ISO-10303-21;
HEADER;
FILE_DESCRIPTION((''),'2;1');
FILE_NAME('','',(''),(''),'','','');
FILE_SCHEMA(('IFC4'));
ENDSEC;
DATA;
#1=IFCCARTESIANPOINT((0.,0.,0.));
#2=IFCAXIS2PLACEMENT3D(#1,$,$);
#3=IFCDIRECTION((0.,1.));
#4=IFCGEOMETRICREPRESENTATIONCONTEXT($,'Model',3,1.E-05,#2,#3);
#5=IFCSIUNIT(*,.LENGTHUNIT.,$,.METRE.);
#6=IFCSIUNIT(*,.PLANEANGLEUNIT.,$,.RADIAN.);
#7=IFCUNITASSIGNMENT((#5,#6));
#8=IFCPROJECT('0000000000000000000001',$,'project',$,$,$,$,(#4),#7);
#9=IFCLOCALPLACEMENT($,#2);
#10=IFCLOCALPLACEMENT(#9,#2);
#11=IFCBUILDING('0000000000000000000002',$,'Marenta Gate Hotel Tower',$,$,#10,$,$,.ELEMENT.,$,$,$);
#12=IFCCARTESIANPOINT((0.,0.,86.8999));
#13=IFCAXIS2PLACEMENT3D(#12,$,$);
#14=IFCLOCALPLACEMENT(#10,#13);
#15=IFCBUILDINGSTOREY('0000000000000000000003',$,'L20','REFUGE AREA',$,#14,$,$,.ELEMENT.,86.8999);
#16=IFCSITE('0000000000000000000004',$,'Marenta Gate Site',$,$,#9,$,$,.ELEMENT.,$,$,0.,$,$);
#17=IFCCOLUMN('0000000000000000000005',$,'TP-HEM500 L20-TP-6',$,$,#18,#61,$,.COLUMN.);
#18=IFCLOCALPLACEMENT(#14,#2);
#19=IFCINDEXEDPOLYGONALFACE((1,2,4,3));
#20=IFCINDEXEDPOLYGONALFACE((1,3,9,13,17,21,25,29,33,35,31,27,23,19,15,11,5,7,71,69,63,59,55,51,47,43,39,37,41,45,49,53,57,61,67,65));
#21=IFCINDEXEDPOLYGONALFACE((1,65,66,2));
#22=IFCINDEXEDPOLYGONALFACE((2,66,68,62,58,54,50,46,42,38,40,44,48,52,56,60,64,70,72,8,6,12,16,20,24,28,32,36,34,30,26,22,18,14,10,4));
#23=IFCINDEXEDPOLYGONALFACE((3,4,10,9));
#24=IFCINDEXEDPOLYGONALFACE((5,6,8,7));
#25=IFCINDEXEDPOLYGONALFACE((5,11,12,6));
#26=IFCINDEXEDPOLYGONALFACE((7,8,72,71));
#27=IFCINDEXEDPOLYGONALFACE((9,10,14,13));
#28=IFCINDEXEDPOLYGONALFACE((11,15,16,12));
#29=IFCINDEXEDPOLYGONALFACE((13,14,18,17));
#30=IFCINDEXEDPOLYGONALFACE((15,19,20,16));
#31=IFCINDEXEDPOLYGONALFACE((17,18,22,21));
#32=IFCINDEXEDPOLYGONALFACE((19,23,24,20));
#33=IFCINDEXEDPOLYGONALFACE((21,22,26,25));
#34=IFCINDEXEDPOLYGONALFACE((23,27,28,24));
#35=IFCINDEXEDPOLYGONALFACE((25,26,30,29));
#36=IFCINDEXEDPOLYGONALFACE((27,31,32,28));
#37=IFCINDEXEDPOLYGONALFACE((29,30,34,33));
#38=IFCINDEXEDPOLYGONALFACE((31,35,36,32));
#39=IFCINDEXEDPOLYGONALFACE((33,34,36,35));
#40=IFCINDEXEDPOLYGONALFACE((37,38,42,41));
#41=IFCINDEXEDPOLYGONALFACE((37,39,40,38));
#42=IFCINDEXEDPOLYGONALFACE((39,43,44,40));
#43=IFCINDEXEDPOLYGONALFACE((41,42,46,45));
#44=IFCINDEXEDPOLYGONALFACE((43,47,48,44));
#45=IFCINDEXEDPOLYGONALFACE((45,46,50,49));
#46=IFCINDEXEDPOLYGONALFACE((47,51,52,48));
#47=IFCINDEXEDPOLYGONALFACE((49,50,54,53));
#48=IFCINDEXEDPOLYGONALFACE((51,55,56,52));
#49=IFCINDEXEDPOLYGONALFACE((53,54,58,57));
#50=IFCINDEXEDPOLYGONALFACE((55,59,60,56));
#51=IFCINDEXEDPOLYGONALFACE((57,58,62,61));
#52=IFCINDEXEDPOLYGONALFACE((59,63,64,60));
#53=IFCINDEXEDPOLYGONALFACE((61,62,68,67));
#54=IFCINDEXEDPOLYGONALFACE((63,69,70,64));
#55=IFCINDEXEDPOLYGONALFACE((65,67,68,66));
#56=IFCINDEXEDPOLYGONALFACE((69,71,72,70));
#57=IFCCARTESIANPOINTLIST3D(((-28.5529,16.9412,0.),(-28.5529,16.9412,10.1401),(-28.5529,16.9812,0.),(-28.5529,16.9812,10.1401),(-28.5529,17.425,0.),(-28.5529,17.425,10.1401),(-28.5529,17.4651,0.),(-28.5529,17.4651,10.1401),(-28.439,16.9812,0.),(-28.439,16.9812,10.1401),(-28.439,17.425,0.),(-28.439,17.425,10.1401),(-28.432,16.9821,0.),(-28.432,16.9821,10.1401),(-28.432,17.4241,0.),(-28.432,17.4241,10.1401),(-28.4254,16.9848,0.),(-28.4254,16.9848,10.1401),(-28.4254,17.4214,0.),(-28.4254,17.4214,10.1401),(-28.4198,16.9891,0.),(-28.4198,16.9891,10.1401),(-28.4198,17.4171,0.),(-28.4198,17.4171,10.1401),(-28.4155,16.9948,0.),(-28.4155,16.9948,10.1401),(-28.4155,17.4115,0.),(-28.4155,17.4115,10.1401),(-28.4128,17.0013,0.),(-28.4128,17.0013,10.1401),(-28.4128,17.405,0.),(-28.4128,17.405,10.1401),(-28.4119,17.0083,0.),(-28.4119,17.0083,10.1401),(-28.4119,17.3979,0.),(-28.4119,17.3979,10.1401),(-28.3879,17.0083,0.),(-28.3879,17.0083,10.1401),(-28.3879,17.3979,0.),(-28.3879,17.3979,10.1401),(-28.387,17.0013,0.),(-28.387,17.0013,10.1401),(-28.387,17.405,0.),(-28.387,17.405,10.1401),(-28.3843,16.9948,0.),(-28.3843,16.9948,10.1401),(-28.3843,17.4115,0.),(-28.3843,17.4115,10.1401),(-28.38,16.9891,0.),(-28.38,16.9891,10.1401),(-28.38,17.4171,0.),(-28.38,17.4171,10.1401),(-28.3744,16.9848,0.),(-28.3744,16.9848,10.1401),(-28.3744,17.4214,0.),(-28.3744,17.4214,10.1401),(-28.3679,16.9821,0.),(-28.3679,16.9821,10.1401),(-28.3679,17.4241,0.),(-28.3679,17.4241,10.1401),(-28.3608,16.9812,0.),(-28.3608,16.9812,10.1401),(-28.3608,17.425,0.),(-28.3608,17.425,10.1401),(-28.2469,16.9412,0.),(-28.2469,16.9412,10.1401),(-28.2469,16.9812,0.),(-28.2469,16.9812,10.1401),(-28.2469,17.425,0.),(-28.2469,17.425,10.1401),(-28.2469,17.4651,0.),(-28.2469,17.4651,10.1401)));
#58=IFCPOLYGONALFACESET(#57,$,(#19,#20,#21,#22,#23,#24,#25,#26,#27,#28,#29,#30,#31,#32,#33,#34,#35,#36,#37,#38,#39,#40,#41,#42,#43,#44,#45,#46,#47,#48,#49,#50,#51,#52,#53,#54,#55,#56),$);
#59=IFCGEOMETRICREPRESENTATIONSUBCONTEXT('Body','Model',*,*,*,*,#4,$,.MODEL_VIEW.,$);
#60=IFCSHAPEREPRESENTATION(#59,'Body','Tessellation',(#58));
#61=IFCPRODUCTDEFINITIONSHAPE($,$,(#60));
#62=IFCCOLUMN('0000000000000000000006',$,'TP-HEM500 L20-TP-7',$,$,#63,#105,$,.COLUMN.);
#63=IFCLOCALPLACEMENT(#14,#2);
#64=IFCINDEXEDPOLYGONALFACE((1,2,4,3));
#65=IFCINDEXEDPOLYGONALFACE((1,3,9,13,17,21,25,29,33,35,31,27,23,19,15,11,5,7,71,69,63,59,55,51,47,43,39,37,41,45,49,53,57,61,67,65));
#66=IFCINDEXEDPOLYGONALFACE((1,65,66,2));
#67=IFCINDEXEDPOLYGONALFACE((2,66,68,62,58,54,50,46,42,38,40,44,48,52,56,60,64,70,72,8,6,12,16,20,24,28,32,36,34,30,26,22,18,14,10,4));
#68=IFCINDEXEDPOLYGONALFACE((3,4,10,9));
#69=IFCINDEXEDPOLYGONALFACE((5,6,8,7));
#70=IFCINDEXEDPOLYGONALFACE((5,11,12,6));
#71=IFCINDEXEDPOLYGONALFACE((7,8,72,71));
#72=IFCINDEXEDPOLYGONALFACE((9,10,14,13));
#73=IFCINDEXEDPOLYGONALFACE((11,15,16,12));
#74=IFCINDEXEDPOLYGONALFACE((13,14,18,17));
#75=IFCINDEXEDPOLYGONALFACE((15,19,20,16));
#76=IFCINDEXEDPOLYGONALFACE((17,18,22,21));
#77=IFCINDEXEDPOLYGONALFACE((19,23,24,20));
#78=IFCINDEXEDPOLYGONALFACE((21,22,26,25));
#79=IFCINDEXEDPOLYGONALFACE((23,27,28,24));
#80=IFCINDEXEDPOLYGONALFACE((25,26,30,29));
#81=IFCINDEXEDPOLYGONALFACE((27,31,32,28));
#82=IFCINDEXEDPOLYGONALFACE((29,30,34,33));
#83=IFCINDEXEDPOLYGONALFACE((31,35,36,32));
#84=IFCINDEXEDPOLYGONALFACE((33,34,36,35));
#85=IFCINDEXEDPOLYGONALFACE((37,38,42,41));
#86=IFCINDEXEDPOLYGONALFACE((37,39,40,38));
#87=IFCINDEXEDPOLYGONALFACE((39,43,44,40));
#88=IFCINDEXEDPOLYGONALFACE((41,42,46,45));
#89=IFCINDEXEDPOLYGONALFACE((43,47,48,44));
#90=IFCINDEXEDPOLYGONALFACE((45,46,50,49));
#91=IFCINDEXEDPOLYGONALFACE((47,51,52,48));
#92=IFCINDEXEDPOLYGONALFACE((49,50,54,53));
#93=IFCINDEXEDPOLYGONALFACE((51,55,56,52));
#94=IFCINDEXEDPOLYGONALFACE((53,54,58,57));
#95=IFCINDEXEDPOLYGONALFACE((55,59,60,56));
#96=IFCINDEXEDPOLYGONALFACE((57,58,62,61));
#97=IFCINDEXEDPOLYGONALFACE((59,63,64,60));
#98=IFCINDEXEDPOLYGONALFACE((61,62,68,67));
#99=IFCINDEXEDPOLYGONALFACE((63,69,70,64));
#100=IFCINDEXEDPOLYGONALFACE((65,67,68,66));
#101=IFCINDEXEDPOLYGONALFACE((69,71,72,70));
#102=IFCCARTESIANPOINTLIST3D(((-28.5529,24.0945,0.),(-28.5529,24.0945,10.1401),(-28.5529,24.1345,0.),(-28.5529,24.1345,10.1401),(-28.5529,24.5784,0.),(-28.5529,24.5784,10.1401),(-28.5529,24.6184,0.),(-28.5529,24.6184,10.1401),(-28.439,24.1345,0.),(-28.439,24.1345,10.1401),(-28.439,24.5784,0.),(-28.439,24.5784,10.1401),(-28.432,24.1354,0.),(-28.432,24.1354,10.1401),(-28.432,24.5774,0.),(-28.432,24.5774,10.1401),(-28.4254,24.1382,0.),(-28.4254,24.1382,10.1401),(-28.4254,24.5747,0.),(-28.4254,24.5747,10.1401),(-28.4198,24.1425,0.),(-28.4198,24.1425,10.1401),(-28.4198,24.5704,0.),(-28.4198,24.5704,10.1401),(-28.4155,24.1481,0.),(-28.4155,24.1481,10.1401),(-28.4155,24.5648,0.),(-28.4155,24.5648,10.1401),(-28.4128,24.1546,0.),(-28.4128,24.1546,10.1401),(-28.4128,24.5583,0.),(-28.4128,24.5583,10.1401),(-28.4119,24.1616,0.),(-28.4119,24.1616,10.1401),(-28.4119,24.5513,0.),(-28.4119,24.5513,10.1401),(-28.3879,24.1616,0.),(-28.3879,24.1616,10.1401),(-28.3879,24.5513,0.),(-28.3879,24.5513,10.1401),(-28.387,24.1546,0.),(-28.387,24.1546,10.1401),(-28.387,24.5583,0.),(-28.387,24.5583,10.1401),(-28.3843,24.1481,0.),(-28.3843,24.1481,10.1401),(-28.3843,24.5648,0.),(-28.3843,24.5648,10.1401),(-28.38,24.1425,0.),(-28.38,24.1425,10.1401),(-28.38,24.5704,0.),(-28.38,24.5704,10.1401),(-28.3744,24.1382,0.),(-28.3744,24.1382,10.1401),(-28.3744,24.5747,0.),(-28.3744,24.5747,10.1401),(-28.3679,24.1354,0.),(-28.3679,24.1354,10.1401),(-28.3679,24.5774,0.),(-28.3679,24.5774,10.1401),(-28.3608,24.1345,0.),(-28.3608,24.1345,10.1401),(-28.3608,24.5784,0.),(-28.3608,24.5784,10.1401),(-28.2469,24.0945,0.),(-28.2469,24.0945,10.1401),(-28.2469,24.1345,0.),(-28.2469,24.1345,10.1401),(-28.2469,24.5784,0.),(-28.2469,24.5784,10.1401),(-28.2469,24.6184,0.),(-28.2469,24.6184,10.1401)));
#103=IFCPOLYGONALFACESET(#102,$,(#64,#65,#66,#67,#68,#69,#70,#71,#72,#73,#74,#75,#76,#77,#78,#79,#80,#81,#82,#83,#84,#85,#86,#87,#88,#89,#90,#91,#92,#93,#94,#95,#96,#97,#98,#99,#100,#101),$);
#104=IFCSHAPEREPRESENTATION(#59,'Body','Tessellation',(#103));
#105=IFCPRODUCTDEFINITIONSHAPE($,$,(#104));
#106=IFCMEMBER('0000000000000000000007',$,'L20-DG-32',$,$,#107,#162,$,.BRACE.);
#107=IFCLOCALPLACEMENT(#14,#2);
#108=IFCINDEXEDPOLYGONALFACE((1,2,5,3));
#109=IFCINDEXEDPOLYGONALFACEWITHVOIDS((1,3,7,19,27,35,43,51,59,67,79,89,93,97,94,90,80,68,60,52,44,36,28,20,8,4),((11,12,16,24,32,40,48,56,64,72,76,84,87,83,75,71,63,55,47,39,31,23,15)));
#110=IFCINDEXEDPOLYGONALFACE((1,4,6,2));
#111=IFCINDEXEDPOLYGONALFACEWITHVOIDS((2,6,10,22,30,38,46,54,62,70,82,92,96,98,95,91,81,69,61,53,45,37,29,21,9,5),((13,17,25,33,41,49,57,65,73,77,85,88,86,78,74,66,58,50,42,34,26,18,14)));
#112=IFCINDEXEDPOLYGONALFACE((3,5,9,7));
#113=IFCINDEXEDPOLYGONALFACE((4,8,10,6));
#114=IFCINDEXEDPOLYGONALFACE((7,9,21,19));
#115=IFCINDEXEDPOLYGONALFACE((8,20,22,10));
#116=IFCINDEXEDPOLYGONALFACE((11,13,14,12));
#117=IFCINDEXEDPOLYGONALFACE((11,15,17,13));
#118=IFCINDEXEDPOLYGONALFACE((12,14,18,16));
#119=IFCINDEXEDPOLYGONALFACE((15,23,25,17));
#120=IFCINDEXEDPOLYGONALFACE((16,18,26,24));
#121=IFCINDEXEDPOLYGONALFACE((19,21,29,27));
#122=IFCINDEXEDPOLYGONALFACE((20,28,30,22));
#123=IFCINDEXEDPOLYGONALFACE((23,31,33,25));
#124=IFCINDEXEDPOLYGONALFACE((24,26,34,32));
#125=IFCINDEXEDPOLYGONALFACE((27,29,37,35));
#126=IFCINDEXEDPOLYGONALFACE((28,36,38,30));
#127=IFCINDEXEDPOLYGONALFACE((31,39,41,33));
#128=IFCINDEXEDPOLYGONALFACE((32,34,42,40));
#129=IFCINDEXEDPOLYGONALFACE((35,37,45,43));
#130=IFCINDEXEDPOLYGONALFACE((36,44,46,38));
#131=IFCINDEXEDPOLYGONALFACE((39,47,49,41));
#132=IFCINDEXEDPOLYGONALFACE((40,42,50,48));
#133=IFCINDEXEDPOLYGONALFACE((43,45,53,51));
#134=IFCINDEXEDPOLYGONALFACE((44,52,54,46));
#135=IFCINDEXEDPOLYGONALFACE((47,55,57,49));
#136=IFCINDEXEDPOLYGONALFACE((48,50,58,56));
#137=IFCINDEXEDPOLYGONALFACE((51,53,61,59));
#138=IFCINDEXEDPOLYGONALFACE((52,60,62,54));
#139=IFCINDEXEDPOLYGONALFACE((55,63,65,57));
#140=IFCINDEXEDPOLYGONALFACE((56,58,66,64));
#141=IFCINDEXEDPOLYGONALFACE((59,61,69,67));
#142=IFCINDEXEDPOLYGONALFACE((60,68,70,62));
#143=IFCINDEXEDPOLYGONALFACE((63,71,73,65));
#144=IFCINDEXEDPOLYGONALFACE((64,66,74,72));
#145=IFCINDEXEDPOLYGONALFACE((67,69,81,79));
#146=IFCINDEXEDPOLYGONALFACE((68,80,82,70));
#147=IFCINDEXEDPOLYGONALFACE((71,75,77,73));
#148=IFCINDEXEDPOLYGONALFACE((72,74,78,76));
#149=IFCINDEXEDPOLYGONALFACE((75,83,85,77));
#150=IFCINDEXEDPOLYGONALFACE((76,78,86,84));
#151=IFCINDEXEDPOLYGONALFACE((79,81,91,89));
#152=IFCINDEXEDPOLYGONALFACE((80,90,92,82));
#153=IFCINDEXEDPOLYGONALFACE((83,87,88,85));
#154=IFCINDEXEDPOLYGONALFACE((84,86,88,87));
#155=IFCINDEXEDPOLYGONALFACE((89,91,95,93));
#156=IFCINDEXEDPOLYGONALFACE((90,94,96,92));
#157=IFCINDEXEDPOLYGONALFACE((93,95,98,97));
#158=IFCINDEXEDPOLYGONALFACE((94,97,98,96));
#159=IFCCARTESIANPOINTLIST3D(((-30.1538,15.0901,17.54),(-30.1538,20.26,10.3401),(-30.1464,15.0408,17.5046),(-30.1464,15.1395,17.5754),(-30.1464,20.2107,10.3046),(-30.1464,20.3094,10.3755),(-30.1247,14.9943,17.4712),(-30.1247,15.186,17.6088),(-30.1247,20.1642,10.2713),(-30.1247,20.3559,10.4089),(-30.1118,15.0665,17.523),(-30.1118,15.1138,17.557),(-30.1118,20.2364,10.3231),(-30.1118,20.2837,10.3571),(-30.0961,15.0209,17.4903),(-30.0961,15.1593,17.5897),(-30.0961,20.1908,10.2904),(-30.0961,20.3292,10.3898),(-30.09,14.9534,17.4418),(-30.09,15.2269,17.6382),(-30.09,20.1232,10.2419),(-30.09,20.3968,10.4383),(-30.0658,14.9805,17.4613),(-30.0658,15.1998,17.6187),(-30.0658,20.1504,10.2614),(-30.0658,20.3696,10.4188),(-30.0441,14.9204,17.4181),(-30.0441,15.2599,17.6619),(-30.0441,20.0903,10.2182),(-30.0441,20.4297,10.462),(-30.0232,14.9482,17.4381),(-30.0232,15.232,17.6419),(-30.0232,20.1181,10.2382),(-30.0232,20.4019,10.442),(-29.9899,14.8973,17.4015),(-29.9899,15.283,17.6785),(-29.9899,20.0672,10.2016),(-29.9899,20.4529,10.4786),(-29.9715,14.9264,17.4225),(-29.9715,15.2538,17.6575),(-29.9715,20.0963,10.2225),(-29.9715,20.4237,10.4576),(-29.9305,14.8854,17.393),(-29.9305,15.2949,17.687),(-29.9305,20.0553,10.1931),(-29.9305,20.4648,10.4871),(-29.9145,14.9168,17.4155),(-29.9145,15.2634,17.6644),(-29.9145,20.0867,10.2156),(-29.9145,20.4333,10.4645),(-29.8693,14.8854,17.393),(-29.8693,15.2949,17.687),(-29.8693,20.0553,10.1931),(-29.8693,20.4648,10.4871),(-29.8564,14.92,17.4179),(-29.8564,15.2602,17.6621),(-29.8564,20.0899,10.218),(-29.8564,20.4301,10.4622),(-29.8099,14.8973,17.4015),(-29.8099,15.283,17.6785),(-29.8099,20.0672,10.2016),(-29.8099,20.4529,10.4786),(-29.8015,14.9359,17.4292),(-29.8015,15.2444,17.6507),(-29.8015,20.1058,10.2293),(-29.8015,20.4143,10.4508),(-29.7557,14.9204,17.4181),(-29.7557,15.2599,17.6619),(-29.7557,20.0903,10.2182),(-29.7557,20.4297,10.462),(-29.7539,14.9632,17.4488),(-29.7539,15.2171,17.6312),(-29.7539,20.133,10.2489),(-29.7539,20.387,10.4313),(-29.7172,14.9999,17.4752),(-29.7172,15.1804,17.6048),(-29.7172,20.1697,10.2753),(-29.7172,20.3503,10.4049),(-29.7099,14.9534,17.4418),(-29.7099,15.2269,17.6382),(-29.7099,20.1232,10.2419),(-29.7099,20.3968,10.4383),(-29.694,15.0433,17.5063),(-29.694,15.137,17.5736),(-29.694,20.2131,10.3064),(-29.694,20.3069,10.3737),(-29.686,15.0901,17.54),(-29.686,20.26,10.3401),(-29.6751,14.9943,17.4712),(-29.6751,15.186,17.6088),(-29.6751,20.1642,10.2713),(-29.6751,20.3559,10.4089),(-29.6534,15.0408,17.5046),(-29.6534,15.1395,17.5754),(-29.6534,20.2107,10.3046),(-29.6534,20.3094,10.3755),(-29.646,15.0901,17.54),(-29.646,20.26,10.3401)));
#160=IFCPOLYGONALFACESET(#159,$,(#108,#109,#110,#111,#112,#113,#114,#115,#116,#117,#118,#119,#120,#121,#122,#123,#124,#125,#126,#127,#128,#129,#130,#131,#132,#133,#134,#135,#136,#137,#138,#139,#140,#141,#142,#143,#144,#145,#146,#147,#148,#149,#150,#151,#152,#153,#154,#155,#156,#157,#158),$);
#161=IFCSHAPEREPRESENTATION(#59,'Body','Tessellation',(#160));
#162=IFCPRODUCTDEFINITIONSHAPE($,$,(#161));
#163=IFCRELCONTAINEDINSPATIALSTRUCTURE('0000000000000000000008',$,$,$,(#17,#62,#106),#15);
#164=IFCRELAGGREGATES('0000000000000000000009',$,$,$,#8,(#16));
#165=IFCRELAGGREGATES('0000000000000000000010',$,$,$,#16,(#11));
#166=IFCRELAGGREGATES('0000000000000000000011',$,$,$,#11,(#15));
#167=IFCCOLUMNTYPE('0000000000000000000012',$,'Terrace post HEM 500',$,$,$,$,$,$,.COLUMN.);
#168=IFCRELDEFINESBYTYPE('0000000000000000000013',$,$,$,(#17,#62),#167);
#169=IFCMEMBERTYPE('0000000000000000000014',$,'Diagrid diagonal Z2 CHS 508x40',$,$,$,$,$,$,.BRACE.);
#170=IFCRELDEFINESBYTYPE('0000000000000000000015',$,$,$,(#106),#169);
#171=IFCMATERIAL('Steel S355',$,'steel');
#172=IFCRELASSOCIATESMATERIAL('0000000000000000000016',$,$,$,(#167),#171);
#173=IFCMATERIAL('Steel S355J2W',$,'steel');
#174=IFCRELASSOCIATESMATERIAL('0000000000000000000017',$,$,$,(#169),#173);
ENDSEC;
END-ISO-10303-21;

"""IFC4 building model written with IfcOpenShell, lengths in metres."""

from ifc_helpers import new_model, si_unit, direction, frame, origin, origin_2d, place, context, subcontext, project, spatial, hollow_circle, i_section, extrude, material, material_profile, profile_set, type_object, element, save


model = new_model("IFC4")

# Units and contexts
model_context = context("Model", 3, precision=1e-05, world=origin(), true_north=direction((0.0, 1.0)))
body_context = subcontext(model_context, "Body", "Model", "MODEL_VIEW")
ifc_project = project(units=[si_unit("LENGTHUNIT", "METRE"), si_unit("PLANEANGLEUNIT", "RADIAN")], contexts=[model_context])

# Site, building, storey
site_placement = place(None, origin())
site = spatial("IfcSite", under=ifc_project, at=site_placement, Name="Marenta Gate Site", CompositionType="ELEMENT", RefElevation=0.0)
building_placement = place(site_placement, origin())
building = spatial("IfcBuilding", under=site, at=building_placement, Name="Marenta Gate Hotel Tower", CompositionType="ELEMENT")
storey_placement = place(building_placement, frame((0.0, 0.0, 86.8999)))
storey = spatial("IfcBuildingStorey", under=building, at=storey_placement, Name="L20", Description="REFUGE AREA", CompositionType="ELEMENT", Elevation=86.8999)

# Columns
ifc_material_1 = material(Name="Steel S355", Category="steel")
ifc_material_profile_1 = material_profile(ifc_material_1, i_section(OverallWidth=0.3059, OverallDepth=0.5239, WebThickness=0.0239, FlangeThickness=0.04, FilletRadius=0.0271, at=origin_2d()), Name="HEM 500")
ifc_profile_set_1 = profile_set([ifc_material_profile_1], Name="Steel S355")
column_type = type_object("IfcColumnType", Name="Terrace post HEM 500", PredefinedType="COLUMN", material=ifc_profile_set_1)
for number, where, z_axis, x_axis, name in (
    (1, (-28.3999, 17.2031, 0.0), (0.0, 0.0, 1.0), (1.0, 0.0, 0.0), "TP-HEM500 L20-TP-6"),
    (2, (-28.3999, 24.3564, 0.0), (0.0, 0.0, 1.0), (1.0, 0.0, 0.0), "TP-HEM500 L20-TP-7"),
):
    element("IfcColumn", number, at=place(storey_placement, frame(where, z_axis=z_axis, x_axis=x_axis)), inside=storey, type_object=column_type, Name=name, PredefinedType="COLUMN", context=body_context, shape_type="SweptSolid", body=[
        extrude(i_section(OverallWidth=0.3059, OverallDepth=0.5239, WebThickness=0.0239, FlangeThickness=0.04, FilletRadius=0.0271, at=origin_2d()), origin(), (0.0, 0.0, 1.0), 10.1401),
    ])

# Member
ifc_material_2 = material(Name="Steel S355J2W", Category="steel")
ifc_material_profile_2 = material_profile(ifc_material_2, hollow_circle(Radius=0.2539, WallThickness=0.04, at=origin_2d()), Name="CHS 508x40")
ifc_profile_set_2 = profile_set([ifc_material_profile_2], Name="Steel S355J2W")
member_type_1 = type_object("IfcMemberType", Name="Diagrid diagonal Z2 CHS 508x40", PredefinedType="BRACE", material=ifc_profile_set_2)
for number, where, z_axis, x_axis, name in (
    (3, (-29.8999, 20.26, 10.3401), (0.0, -0.583261, 0.812285), (1.0, 0.0, 0.0), "L20-DG-32"),
):
    element("IfcMember", number, at=place(storey_placement, frame(where, z_axis=z_axis, x_axis=x_axis)), inside=storey, type_object=member_type_1, Name=name, PredefinedType="BRACE", context=body_context, shape_type="SweptSolid", body=[
        extrude(hollow_circle(Radius=0.2539, WallThickness=0.04, at=origin_2d()), origin(), (0.0, 0.0, 1.0), 8.8638),
    ])

save(model, "model.ifc")
